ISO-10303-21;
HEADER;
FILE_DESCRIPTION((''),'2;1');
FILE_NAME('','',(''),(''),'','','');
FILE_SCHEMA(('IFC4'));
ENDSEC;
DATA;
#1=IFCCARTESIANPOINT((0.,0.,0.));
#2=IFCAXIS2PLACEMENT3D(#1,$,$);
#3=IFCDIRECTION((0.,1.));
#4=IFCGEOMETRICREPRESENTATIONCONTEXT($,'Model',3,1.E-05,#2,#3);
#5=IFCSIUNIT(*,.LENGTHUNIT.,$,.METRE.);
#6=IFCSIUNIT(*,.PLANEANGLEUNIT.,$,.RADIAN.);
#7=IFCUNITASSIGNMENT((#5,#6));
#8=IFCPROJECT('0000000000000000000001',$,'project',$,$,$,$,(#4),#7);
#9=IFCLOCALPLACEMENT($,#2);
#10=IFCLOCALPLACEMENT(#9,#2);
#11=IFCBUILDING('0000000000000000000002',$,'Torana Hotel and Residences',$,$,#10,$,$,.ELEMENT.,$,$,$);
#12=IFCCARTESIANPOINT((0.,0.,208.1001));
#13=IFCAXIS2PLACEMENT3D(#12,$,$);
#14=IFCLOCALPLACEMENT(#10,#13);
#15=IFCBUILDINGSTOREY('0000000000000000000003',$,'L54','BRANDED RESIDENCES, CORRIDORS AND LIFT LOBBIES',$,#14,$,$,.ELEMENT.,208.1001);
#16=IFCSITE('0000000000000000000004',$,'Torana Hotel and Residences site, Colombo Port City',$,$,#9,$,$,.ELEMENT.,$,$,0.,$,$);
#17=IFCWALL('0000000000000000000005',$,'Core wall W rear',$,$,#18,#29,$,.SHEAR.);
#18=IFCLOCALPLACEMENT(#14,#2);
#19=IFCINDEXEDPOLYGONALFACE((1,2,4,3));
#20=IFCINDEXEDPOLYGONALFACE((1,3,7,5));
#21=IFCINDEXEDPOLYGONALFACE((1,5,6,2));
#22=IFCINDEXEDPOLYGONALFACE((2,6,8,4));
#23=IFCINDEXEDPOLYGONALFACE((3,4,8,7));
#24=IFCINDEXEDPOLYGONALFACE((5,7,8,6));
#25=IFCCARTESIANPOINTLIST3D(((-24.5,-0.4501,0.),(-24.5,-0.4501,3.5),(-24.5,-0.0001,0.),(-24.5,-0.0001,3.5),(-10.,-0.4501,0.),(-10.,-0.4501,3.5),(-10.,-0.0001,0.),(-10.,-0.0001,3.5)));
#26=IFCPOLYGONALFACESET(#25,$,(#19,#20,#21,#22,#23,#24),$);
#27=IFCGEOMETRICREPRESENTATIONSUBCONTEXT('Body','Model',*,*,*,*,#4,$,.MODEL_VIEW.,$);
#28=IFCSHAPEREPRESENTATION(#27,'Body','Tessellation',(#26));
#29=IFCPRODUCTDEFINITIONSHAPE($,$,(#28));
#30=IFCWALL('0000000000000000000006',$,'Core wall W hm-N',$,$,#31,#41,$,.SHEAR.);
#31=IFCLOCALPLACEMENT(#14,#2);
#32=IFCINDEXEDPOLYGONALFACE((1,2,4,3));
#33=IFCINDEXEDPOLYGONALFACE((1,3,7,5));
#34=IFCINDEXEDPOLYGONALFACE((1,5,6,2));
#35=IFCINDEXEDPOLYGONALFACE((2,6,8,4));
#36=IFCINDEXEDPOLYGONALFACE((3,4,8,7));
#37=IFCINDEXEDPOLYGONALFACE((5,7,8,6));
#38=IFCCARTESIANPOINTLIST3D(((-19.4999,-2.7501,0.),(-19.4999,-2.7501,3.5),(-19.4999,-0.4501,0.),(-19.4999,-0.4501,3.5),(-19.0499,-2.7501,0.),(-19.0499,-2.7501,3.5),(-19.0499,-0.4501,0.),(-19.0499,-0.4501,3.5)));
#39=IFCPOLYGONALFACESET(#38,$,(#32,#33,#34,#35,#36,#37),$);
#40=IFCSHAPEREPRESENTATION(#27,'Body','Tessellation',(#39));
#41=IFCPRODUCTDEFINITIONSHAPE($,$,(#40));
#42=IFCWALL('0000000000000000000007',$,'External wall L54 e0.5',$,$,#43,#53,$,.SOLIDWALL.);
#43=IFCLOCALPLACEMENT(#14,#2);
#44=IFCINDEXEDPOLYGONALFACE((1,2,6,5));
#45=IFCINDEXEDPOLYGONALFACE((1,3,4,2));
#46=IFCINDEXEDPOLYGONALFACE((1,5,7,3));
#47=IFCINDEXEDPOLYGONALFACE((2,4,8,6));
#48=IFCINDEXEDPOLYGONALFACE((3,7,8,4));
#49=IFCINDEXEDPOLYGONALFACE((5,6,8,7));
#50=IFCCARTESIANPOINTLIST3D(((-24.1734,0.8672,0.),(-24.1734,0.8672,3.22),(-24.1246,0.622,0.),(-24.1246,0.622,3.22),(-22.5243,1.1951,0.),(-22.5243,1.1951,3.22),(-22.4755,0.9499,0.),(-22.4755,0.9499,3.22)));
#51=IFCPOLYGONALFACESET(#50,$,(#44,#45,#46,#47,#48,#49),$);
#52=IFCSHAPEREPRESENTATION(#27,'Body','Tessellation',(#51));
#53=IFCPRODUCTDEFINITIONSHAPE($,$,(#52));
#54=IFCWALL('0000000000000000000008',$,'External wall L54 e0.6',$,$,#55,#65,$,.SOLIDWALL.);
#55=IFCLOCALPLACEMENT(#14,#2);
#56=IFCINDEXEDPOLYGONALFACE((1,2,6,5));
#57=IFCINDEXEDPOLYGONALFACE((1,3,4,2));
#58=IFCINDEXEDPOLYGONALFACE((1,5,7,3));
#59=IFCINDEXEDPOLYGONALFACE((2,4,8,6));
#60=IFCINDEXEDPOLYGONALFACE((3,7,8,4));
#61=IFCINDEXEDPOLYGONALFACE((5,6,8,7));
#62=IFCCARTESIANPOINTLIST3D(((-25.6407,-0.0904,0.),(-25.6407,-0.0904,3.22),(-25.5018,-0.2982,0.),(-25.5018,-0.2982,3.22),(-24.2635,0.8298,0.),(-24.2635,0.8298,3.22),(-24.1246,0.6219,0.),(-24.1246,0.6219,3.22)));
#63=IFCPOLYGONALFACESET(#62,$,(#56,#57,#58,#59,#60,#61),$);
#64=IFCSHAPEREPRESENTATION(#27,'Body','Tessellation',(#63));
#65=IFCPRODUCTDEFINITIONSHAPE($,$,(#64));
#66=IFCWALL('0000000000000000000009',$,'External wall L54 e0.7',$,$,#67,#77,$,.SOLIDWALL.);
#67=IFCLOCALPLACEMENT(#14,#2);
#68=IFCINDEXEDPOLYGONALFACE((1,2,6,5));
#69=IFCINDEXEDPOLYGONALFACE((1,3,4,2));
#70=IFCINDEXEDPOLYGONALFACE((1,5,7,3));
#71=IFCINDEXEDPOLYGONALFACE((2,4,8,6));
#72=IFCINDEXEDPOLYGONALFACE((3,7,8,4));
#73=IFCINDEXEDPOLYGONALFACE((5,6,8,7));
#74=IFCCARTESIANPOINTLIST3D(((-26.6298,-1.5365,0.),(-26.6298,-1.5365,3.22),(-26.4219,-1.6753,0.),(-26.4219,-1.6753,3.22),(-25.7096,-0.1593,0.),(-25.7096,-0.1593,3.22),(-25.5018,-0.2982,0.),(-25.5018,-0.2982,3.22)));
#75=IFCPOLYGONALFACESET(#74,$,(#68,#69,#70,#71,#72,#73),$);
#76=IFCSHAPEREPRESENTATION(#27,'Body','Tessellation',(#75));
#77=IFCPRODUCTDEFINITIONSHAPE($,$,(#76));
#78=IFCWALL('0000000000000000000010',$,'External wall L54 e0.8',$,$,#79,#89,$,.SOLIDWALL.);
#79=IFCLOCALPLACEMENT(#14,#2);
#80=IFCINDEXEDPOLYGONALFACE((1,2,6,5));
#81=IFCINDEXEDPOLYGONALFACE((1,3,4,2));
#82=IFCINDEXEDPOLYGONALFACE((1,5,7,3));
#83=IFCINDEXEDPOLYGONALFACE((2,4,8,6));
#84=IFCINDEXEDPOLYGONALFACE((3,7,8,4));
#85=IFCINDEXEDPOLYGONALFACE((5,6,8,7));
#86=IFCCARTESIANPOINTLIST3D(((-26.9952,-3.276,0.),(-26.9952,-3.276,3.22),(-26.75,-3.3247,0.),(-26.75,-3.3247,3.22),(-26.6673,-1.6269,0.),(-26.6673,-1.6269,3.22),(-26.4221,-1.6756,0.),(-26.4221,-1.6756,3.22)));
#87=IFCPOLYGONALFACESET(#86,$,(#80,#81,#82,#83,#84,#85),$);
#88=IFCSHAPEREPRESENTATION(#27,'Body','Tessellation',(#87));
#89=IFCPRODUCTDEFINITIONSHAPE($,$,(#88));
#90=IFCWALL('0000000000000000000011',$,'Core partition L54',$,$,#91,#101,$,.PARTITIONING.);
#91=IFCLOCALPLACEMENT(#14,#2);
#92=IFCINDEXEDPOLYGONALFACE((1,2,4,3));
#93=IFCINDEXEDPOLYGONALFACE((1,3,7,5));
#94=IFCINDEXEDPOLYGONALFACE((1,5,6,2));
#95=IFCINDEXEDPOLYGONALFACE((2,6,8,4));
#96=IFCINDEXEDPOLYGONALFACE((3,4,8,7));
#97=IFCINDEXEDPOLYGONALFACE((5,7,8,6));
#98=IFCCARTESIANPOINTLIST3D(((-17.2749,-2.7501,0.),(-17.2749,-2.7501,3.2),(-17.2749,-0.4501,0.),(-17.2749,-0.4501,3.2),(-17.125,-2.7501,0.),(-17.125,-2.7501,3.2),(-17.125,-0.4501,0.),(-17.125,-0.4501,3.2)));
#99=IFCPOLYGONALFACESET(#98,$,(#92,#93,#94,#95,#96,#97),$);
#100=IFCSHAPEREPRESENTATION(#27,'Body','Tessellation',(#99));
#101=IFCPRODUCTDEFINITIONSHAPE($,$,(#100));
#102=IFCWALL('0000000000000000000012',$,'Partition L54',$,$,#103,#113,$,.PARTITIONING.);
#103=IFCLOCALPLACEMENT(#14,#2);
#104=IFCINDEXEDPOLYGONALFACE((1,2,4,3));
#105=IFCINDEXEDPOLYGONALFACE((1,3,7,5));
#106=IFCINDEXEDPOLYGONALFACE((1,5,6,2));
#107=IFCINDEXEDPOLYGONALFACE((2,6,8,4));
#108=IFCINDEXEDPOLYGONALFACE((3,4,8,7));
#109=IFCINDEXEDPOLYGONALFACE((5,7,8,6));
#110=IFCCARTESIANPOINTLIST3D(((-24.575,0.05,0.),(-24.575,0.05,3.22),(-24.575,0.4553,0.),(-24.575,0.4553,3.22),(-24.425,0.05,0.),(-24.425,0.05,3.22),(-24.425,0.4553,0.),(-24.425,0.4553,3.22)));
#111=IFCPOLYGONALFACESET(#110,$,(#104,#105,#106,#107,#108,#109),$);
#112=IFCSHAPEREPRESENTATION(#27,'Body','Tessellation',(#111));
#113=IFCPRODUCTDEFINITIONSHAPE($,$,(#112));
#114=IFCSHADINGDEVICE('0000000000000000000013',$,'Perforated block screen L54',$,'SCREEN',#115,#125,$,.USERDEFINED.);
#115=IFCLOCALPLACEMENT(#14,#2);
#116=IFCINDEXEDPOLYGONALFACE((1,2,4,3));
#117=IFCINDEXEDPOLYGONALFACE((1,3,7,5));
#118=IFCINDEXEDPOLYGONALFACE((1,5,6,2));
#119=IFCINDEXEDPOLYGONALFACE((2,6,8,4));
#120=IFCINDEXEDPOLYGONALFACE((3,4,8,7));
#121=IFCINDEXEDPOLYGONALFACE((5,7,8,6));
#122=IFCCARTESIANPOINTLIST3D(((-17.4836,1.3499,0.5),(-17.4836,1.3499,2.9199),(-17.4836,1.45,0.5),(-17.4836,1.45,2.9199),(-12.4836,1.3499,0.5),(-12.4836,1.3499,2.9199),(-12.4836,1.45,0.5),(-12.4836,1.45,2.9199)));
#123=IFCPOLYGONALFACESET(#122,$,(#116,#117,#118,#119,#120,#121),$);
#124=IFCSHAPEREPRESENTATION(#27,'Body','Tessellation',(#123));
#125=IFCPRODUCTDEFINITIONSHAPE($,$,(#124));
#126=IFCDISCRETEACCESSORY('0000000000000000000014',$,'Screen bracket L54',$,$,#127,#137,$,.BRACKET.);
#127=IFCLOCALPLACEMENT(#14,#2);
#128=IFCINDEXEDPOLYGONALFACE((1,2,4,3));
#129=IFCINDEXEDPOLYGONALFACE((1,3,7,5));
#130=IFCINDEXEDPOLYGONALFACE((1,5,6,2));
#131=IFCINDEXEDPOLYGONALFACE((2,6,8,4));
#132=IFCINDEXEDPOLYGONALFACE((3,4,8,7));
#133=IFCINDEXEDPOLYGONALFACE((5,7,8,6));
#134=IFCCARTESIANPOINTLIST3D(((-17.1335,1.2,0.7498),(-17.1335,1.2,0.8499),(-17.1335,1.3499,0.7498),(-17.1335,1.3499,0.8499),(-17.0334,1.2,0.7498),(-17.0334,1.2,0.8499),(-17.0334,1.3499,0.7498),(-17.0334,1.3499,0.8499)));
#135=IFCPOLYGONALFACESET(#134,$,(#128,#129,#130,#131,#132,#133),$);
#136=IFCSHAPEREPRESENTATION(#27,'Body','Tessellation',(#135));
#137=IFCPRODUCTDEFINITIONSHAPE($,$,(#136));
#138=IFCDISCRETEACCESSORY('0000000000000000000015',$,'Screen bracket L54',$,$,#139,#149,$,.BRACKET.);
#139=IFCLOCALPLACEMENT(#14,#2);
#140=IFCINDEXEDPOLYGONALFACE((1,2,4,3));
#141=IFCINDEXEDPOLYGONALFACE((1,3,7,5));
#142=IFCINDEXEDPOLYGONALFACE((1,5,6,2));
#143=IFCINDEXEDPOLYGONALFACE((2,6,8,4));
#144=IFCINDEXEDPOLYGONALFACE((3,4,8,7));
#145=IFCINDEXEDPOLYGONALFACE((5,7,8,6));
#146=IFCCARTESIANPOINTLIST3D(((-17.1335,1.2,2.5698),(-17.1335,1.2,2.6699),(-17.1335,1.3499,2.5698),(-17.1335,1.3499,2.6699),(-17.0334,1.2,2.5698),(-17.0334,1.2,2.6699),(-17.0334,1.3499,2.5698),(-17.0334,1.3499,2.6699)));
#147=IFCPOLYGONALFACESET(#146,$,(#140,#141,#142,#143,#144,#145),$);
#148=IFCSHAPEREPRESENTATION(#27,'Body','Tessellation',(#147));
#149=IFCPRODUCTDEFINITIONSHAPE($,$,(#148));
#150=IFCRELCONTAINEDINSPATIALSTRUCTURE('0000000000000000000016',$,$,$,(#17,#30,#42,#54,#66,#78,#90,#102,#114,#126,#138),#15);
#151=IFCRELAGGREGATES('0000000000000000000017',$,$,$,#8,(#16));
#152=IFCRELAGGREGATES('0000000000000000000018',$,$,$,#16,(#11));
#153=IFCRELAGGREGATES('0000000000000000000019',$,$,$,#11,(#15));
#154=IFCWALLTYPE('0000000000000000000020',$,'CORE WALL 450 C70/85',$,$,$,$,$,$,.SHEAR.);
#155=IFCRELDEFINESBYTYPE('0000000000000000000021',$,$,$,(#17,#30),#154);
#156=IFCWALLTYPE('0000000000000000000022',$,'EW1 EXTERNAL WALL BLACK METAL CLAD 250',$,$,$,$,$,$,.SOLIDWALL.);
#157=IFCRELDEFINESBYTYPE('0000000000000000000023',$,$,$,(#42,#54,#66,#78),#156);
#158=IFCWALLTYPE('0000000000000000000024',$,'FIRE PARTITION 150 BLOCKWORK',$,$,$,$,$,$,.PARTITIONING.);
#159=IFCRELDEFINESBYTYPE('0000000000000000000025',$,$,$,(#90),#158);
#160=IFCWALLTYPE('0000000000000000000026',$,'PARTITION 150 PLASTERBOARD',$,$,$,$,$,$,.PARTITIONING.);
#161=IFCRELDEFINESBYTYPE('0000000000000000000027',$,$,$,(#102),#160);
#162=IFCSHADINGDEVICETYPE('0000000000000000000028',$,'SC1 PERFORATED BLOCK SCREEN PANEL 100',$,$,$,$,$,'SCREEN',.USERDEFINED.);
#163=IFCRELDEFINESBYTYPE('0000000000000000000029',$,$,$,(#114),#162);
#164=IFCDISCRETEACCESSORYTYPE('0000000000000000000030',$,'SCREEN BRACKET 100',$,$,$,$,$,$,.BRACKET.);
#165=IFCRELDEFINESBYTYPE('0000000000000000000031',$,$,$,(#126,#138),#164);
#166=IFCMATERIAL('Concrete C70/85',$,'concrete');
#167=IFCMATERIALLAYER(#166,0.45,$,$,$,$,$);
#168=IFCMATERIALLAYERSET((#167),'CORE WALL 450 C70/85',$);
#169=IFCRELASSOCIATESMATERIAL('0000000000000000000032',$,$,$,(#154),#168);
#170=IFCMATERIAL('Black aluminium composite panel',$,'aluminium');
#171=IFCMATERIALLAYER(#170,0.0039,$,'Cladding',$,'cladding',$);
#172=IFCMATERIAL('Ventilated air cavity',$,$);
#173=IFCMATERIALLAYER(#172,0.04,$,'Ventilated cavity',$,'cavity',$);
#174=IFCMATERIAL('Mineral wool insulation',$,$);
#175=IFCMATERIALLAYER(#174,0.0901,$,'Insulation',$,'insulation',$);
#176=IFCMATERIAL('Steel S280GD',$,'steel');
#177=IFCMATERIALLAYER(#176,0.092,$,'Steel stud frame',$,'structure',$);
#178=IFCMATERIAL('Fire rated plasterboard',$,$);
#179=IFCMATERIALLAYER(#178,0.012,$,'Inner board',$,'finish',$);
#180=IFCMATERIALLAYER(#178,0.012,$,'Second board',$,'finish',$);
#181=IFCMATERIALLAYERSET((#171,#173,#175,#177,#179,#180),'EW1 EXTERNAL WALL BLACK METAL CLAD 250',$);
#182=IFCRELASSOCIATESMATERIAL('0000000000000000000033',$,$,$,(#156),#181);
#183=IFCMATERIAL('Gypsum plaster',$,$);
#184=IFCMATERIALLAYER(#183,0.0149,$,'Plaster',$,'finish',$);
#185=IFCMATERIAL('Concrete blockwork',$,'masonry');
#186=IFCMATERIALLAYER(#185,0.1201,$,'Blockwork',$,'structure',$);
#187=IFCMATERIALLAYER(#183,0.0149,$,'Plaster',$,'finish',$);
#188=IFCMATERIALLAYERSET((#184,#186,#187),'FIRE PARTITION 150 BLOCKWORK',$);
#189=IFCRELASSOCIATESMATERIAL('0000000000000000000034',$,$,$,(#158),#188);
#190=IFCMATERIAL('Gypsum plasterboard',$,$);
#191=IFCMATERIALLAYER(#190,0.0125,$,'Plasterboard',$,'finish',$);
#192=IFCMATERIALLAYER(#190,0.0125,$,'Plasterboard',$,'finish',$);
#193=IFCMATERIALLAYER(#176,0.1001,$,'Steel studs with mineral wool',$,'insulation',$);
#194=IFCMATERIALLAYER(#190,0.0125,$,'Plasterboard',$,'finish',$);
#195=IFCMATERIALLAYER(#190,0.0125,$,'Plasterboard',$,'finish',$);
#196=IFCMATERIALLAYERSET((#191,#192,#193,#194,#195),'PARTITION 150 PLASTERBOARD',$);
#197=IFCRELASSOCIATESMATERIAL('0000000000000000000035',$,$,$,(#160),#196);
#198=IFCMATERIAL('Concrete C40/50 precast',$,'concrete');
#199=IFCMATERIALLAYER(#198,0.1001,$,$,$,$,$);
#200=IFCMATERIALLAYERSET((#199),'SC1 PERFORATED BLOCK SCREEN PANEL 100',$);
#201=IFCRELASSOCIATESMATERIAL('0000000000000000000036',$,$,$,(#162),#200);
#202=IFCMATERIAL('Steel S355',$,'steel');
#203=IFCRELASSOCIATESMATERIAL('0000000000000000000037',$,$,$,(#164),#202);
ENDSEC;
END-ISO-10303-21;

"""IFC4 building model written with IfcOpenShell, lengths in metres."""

from ifc_helpers import new_model, si_unit, direction, frame, frame_2d, origin, origin_2d, place, context, subcontext, project, spatial, rectangle, extrude, material, layer, layer_set, type_object, element, save


model = new_model("IFC4")

# Units and contexts
model_context = context("Model", 3, precision=1e-05, world=origin(), true_north=direction((0.0, 1.0)))
body_context = subcontext(model_context, "Body", "Model", "MODEL_VIEW")
ifc_project = project(units=[si_unit("LENGTHUNIT", "METRE"), si_unit("PLANEANGLEUNIT", "RADIAN")], contexts=[model_context])

# Site, building, storey
site_placement = place(None, origin())
site = spatial("IfcSite", under=ifc_project, at=site_placement, Name="Torana Hotel and Residences site, Colombo Port City", CompositionType="ELEMENT", RefElevation=0.0)
building_placement = place(site_placement, origin())
building = spatial("IfcBuilding", under=site, at=building_placement, Name="Torana Hotel and Residences", CompositionType="ELEMENT")
storey_placement = place(building_placement, frame((0.0, 0.0, 208.1001)))
storey = spatial("IfcBuildingStorey", under=building, at=storey_placement, Name="L54", Description="BRANDED RESIDENCES, CORRIDORS AND LIFT LOBBIES", CompositionType="ELEMENT", Elevation=208.1001)

# Walls
ifc_material_1 = material(Name="Concrete C70/85", Category="concrete")
ifc_layer_1 = layer(ifc_material_1, 0.45)
ifc_layer_set_1 = layer_set([ifc_layer_1], Name="CORE WALL 450 C70/85")
wall_type_1 = type_object("IfcWallType", Name="CORE WALL 450 C70/85", PredefinedType="SHEAR", material=ifc_layer_set_1)
wall_1_placement = place(storey_placement, frame((-24.5, -0.2251, 0.0), z_axis=(0.0, 0.0, 1.0), x_axis=(1.0, 0.0, 0.0)))
element("IfcWall", 1, at=wall_1_placement, inside=storey, type_object=wall_type_1, Name="Core wall W rear", PredefinedType="SHEAR", context=body_context, shape_type="SweptSolid", body=[
    extrude(rectangle(XDim=14.5, YDim=0.45, at=frame_2d((7.25, 0.0))), origin(), (0.0, 0.0, 1.0), 3.5),
])
wall_2_placement = place(storey_placement, frame((-19.2749, -2.75, 0.0), z_axis=(0.0, 0.0, 1.0), x_axis=(0.0, 1.0, 0.0)))
element("IfcWall", 2, at=wall_2_placement, inside=storey, type_object=wall_type_1, Name="Core wall W hm-N", PredefinedType="SHEAR", context=body_context, shape_type="SweptSolid", body=[
    extrude(rectangle(XDim=2.3, YDim=0.45, at=frame_2d((1.1499, 0.0))), origin(), (0.0, 0.0, 1.0), 3.5),
])
ifc_material_2 = material(Name="Black aluminium composite panel", Category="aluminium")
ifc_layer_2 = layer(ifc_material_2, 0.0039, Name="Cladding", Category="cladding")
ifc_material_3 = material(Name="Ventilated air cavity")
ifc_layer_3 = layer(ifc_material_3, 0.04, Name="Ventilated cavity", Category="cavity")
ifc_material_4 = material(Name="Mineral wool insulation")
ifc_layer_4 = layer(ifc_material_4, 0.0901, Name="Insulation", Category="insulation")
ifc_material_5 = material(Name="Steel S280GD", Category="steel")
ifc_layer_5 = layer(ifc_material_5, 0.092, Name="Steel stud frame", Category="structure")
ifc_material_6 = material(Name="Fire rated plasterboard")
ifc_layer_6 = layer(ifc_material_6, 0.012, Name="Inner board", Category="finish")
ifc_layer_7 = layer(ifc_material_6, 0.012, Name="Second board", Category="finish")
ifc_layer_set_2 = layer_set([ifc_layer_2, ifc_layer_3, ifc_layer_4, ifc_layer_5, ifc_layer_6, ifc_layer_7], Name="EW1 EXTERNAL WALL BLACK METAL CLAD 250")
wall_type_2 = type_object("IfcWallType", Name="EW1 EXTERNAL WALL BLACK METAL CLAD 250", PredefinedType="SOLIDWALL", material=ifc_layer_set_2)
wall_3_placement = place(storey_placement, frame((-22.4998, 1.0725, 0.0), z_axis=(0.0, 0.0, 1.0), x_axis=(-0.980803, -0.194999, 0.0)))
element("IfcWall", 3, at=wall_3_placement, inside=storey, type_object=wall_type_2, Name="External wall L54 e0.5", PredefinedType="SOLIDWALL", context=body_context, shape_type="SweptSolid", body=[
    extrude(rectangle(XDim=1.6814, YDim=0.25, at=frame_2d((0.8408, 0.0))), origin(), (0.0, 0.0, 1.0), 3.22),
])
for number, where, z_axis, x_axis, name in (
    (4, (-24.1941, 0.7258, 0.0), (0.0, 0.0, 1.0), (-0.831483, -0.55555, 0.0), "External wall L54 e0.6"),
    (5, (-25.6057, -0.2288, 0.0), (0.0, 0.0, 1.0), (-0.55555, -0.831483, 0.0), "External wall L54 e0.7"),
):
    element("IfcWall", number, at=place(storey_placement, frame(where, z_axis=z_axis, x_axis=x_axis)), inside=storey, type_object=wall_type_2, Name=name, PredefinedType="SOLIDWALL", context=body_context, shape_type="SweptSolid", body=[
        extrude(rectangle(XDim=1.6562, YDim=0.25, at=frame_2d((0.8281, 0.0))), origin(), (0.0, 0.0, 1.0), 3.22),
    ])
wall_4_placement = place(storey_placement, frame((-26.5447, -1.6511, 0.0), z_axis=(0.0, 0.0, 1.0), x_axis=(-0.194999, -0.980803, 0.0)))
element("IfcWall", 6, at=wall_4_placement, inside=storey, type_object=wall_type_2, Name="External wall L54 e0.8", PredefinedType="SOLIDWALL", context=body_context, shape_type="SweptSolid", body=[
    extrude(rectangle(XDim=1.6814, YDim=0.25, at=frame_2d((0.8408, 0.0))), origin(), (0.0, 0.0, 1.0), 3.22),
])

# Walls
ifc_material_7 = material(Name="Gypsum plaster")
ifc_layer_8 = layer(ifc_material_7, 0.0149, Name="Plaster", Category="finish")
ifc_material_8 = material(Name="Concrete blockwork", Category="masonry")
ifc_layer_9 = layer(ifc_material_8, 0.1201, Name="Blockwork", Category="structure")
ifc_layer_10 = layer(ifc_material_7, 0.0149, Name="Plaster", Category="finish")
ifc_layer_set_3 = layer_set([ifc_layer_8, ifc_layer_9, ifc_layer_10], Name="FIRE PARTITION 150 BLOCKWORK")
wall_type_3 = type_object("IfcWallType", Name="FIRE PARTITION 150 BLOCKWORK", PredefinedType="PARTITIONING", material=ifc_layer_set_3)
wall_5_placement = place(storey_placement, frame((-17.2, -2.75, 0.0), z_axis=(0.0, 0.0, 1.0), x_axis=(0.0, 1.0, 0.0)))
element("IfcWall", 7, at=wall_5_placement, inside=storey, type_object=wall_type_3, Name="Core partition L54", PredefinedType="PARTITIONING", context=body_context, shape_type="SweptSolid", body=[
    extrude(rectangle(XDim=2.3, YDim=0.1499, at=frame_2d((1.1499, 0.0))), origin(), (0.0, 0.0, 1.0), 3.2),
])
ifc_material_9 = material(Name="Gypsum plasterboard")
ifc_layer_11 = layer(ifc_material_9, 0.0125, Name="Plasterboard", Category="finish")
ifc_layer_12 = layer(ifc_material_9, 0.0125, Name="Plasterboard", Category="finish")
ifc_layer_13 = layer(ifc_material_5, 0.1001, Name="Steel studs with mineral wool", Category="insulation")
ifc_layer_14 = layer(ifc_material_9, 0.0125, Name="Plasterboard", Category="finish")
ifc_layer_15 = layer(ifc_material_9, 0.0125, Name="Plasterboard", Category="finish")
ifc_layer_set_4 = layer_set([ifc_layer_11, ifc_layer_12, ifc_layer_13, ifc_layer_14, ifc_layer_15], Name="PARTITION 150 PLASTERBOARD")
wall_type_4 = type_object("IfcWallType", Name="PARTITION 150 PLASTERBOARD", PredefinedType="PARTITIONING", material=ifc_layer_set_4)
wall_6_placement = place(storey_placement, frame((-24.5, 0.05, 0.0), z_axis=(0.0, 0.0, 1.0), x_axis=(0.0, 1.0, 0.0)))
element("IfcWall", 8, at=wall_6_placement, inside=storey, type_object=wall_type_4, Name="Partition L54", PredefinedType="PARTITIONING", context=body_context, shape_type="SweptSolid", body=[
    extrude(rectangle(XDim=0.4053, YDim=0.1499, at=frame_2d((0.2026, 0.0))), origin(), (0.0, 0.0, 1.0), 3.22),
])

# Shading device
ifc_material_10 = material(Name="Concrete C40/50 precast", Category="concrete")
ifc_layer_16 = layer(ifc_material_10, 0.1001)
ifc_layer_set_5 = layer_set([ifc_layer_16], Name="SC1 PERFORATED BLOCK SCREEN PANEL 100")
shading_device_type = type_object("IfcShadingDeviceType", Name="SC1 PERFORATED BLOCK SCREEN PANEL 100", ElementType="SCREEN", PredefinedType="USERDEFINED", material=ifc_layer_set_5)
shading_device_placement = place(storey_placement, frame((-14.9836, 1.3999, 0.5), z_axis=(0.0, 0.0, 1.0), x_axis=(-1.0, 0.0, 0.0)))
element("IfcShadingDevice", 9, at=shading_device_placement, inside=storey, type_object=shading_device_type, Name="Perforated block screen L54", ObjectType="SCREEN", PredefinedType="USERDEFINED", context=body_context, shape_type="SweptSolid", body=[
    extrude(rectangle(XDim=5.0, YDim=0.1001, at=origin_2d()), origin(), (0.0, 0.0, 1.0), 2.4199),
])

# Discrete accessories
ifc_material_11 = material(Name="Steel S355", Category="steel")
discrete_accessory_type = type_object("IfcDiscreteAccessoryType", Name="SCREEN BRACKET 100", PredefinedType="BRACKET", material=ifc_material_11)
for number, where, z_axis, x_axis, name in (
    (10, (-17.0835, 1.2749, 0.7498), (0.0, 0.0, 1.0), (-1.0, 0.0, 0.0), "Screen bracket L54"),
    (11, (-17.0835, 1.2749, 2.5698), (0.0, 0.0, 1.0), (-1.0, 0.0, 0.0), "Screen bracket L54"),
):
    element("IfcDiscreteAccessory", number, at=place(storey_placement, frame(where, z_axis=z_axis, x_axis=x_axis)), inside=storey, type_object=discrete_accessory_type, Name=name, PredefinedType="BRACKET", context=body_context, shape_type="SweptSolid", body=[
        extrude(rectangle(XDim=0.1001, YDim=0.1499, at=origin_2d()), origin(), (0.0, 0.0, 1.0), 0.1001),
    ])

save(model, "model.ifc")
